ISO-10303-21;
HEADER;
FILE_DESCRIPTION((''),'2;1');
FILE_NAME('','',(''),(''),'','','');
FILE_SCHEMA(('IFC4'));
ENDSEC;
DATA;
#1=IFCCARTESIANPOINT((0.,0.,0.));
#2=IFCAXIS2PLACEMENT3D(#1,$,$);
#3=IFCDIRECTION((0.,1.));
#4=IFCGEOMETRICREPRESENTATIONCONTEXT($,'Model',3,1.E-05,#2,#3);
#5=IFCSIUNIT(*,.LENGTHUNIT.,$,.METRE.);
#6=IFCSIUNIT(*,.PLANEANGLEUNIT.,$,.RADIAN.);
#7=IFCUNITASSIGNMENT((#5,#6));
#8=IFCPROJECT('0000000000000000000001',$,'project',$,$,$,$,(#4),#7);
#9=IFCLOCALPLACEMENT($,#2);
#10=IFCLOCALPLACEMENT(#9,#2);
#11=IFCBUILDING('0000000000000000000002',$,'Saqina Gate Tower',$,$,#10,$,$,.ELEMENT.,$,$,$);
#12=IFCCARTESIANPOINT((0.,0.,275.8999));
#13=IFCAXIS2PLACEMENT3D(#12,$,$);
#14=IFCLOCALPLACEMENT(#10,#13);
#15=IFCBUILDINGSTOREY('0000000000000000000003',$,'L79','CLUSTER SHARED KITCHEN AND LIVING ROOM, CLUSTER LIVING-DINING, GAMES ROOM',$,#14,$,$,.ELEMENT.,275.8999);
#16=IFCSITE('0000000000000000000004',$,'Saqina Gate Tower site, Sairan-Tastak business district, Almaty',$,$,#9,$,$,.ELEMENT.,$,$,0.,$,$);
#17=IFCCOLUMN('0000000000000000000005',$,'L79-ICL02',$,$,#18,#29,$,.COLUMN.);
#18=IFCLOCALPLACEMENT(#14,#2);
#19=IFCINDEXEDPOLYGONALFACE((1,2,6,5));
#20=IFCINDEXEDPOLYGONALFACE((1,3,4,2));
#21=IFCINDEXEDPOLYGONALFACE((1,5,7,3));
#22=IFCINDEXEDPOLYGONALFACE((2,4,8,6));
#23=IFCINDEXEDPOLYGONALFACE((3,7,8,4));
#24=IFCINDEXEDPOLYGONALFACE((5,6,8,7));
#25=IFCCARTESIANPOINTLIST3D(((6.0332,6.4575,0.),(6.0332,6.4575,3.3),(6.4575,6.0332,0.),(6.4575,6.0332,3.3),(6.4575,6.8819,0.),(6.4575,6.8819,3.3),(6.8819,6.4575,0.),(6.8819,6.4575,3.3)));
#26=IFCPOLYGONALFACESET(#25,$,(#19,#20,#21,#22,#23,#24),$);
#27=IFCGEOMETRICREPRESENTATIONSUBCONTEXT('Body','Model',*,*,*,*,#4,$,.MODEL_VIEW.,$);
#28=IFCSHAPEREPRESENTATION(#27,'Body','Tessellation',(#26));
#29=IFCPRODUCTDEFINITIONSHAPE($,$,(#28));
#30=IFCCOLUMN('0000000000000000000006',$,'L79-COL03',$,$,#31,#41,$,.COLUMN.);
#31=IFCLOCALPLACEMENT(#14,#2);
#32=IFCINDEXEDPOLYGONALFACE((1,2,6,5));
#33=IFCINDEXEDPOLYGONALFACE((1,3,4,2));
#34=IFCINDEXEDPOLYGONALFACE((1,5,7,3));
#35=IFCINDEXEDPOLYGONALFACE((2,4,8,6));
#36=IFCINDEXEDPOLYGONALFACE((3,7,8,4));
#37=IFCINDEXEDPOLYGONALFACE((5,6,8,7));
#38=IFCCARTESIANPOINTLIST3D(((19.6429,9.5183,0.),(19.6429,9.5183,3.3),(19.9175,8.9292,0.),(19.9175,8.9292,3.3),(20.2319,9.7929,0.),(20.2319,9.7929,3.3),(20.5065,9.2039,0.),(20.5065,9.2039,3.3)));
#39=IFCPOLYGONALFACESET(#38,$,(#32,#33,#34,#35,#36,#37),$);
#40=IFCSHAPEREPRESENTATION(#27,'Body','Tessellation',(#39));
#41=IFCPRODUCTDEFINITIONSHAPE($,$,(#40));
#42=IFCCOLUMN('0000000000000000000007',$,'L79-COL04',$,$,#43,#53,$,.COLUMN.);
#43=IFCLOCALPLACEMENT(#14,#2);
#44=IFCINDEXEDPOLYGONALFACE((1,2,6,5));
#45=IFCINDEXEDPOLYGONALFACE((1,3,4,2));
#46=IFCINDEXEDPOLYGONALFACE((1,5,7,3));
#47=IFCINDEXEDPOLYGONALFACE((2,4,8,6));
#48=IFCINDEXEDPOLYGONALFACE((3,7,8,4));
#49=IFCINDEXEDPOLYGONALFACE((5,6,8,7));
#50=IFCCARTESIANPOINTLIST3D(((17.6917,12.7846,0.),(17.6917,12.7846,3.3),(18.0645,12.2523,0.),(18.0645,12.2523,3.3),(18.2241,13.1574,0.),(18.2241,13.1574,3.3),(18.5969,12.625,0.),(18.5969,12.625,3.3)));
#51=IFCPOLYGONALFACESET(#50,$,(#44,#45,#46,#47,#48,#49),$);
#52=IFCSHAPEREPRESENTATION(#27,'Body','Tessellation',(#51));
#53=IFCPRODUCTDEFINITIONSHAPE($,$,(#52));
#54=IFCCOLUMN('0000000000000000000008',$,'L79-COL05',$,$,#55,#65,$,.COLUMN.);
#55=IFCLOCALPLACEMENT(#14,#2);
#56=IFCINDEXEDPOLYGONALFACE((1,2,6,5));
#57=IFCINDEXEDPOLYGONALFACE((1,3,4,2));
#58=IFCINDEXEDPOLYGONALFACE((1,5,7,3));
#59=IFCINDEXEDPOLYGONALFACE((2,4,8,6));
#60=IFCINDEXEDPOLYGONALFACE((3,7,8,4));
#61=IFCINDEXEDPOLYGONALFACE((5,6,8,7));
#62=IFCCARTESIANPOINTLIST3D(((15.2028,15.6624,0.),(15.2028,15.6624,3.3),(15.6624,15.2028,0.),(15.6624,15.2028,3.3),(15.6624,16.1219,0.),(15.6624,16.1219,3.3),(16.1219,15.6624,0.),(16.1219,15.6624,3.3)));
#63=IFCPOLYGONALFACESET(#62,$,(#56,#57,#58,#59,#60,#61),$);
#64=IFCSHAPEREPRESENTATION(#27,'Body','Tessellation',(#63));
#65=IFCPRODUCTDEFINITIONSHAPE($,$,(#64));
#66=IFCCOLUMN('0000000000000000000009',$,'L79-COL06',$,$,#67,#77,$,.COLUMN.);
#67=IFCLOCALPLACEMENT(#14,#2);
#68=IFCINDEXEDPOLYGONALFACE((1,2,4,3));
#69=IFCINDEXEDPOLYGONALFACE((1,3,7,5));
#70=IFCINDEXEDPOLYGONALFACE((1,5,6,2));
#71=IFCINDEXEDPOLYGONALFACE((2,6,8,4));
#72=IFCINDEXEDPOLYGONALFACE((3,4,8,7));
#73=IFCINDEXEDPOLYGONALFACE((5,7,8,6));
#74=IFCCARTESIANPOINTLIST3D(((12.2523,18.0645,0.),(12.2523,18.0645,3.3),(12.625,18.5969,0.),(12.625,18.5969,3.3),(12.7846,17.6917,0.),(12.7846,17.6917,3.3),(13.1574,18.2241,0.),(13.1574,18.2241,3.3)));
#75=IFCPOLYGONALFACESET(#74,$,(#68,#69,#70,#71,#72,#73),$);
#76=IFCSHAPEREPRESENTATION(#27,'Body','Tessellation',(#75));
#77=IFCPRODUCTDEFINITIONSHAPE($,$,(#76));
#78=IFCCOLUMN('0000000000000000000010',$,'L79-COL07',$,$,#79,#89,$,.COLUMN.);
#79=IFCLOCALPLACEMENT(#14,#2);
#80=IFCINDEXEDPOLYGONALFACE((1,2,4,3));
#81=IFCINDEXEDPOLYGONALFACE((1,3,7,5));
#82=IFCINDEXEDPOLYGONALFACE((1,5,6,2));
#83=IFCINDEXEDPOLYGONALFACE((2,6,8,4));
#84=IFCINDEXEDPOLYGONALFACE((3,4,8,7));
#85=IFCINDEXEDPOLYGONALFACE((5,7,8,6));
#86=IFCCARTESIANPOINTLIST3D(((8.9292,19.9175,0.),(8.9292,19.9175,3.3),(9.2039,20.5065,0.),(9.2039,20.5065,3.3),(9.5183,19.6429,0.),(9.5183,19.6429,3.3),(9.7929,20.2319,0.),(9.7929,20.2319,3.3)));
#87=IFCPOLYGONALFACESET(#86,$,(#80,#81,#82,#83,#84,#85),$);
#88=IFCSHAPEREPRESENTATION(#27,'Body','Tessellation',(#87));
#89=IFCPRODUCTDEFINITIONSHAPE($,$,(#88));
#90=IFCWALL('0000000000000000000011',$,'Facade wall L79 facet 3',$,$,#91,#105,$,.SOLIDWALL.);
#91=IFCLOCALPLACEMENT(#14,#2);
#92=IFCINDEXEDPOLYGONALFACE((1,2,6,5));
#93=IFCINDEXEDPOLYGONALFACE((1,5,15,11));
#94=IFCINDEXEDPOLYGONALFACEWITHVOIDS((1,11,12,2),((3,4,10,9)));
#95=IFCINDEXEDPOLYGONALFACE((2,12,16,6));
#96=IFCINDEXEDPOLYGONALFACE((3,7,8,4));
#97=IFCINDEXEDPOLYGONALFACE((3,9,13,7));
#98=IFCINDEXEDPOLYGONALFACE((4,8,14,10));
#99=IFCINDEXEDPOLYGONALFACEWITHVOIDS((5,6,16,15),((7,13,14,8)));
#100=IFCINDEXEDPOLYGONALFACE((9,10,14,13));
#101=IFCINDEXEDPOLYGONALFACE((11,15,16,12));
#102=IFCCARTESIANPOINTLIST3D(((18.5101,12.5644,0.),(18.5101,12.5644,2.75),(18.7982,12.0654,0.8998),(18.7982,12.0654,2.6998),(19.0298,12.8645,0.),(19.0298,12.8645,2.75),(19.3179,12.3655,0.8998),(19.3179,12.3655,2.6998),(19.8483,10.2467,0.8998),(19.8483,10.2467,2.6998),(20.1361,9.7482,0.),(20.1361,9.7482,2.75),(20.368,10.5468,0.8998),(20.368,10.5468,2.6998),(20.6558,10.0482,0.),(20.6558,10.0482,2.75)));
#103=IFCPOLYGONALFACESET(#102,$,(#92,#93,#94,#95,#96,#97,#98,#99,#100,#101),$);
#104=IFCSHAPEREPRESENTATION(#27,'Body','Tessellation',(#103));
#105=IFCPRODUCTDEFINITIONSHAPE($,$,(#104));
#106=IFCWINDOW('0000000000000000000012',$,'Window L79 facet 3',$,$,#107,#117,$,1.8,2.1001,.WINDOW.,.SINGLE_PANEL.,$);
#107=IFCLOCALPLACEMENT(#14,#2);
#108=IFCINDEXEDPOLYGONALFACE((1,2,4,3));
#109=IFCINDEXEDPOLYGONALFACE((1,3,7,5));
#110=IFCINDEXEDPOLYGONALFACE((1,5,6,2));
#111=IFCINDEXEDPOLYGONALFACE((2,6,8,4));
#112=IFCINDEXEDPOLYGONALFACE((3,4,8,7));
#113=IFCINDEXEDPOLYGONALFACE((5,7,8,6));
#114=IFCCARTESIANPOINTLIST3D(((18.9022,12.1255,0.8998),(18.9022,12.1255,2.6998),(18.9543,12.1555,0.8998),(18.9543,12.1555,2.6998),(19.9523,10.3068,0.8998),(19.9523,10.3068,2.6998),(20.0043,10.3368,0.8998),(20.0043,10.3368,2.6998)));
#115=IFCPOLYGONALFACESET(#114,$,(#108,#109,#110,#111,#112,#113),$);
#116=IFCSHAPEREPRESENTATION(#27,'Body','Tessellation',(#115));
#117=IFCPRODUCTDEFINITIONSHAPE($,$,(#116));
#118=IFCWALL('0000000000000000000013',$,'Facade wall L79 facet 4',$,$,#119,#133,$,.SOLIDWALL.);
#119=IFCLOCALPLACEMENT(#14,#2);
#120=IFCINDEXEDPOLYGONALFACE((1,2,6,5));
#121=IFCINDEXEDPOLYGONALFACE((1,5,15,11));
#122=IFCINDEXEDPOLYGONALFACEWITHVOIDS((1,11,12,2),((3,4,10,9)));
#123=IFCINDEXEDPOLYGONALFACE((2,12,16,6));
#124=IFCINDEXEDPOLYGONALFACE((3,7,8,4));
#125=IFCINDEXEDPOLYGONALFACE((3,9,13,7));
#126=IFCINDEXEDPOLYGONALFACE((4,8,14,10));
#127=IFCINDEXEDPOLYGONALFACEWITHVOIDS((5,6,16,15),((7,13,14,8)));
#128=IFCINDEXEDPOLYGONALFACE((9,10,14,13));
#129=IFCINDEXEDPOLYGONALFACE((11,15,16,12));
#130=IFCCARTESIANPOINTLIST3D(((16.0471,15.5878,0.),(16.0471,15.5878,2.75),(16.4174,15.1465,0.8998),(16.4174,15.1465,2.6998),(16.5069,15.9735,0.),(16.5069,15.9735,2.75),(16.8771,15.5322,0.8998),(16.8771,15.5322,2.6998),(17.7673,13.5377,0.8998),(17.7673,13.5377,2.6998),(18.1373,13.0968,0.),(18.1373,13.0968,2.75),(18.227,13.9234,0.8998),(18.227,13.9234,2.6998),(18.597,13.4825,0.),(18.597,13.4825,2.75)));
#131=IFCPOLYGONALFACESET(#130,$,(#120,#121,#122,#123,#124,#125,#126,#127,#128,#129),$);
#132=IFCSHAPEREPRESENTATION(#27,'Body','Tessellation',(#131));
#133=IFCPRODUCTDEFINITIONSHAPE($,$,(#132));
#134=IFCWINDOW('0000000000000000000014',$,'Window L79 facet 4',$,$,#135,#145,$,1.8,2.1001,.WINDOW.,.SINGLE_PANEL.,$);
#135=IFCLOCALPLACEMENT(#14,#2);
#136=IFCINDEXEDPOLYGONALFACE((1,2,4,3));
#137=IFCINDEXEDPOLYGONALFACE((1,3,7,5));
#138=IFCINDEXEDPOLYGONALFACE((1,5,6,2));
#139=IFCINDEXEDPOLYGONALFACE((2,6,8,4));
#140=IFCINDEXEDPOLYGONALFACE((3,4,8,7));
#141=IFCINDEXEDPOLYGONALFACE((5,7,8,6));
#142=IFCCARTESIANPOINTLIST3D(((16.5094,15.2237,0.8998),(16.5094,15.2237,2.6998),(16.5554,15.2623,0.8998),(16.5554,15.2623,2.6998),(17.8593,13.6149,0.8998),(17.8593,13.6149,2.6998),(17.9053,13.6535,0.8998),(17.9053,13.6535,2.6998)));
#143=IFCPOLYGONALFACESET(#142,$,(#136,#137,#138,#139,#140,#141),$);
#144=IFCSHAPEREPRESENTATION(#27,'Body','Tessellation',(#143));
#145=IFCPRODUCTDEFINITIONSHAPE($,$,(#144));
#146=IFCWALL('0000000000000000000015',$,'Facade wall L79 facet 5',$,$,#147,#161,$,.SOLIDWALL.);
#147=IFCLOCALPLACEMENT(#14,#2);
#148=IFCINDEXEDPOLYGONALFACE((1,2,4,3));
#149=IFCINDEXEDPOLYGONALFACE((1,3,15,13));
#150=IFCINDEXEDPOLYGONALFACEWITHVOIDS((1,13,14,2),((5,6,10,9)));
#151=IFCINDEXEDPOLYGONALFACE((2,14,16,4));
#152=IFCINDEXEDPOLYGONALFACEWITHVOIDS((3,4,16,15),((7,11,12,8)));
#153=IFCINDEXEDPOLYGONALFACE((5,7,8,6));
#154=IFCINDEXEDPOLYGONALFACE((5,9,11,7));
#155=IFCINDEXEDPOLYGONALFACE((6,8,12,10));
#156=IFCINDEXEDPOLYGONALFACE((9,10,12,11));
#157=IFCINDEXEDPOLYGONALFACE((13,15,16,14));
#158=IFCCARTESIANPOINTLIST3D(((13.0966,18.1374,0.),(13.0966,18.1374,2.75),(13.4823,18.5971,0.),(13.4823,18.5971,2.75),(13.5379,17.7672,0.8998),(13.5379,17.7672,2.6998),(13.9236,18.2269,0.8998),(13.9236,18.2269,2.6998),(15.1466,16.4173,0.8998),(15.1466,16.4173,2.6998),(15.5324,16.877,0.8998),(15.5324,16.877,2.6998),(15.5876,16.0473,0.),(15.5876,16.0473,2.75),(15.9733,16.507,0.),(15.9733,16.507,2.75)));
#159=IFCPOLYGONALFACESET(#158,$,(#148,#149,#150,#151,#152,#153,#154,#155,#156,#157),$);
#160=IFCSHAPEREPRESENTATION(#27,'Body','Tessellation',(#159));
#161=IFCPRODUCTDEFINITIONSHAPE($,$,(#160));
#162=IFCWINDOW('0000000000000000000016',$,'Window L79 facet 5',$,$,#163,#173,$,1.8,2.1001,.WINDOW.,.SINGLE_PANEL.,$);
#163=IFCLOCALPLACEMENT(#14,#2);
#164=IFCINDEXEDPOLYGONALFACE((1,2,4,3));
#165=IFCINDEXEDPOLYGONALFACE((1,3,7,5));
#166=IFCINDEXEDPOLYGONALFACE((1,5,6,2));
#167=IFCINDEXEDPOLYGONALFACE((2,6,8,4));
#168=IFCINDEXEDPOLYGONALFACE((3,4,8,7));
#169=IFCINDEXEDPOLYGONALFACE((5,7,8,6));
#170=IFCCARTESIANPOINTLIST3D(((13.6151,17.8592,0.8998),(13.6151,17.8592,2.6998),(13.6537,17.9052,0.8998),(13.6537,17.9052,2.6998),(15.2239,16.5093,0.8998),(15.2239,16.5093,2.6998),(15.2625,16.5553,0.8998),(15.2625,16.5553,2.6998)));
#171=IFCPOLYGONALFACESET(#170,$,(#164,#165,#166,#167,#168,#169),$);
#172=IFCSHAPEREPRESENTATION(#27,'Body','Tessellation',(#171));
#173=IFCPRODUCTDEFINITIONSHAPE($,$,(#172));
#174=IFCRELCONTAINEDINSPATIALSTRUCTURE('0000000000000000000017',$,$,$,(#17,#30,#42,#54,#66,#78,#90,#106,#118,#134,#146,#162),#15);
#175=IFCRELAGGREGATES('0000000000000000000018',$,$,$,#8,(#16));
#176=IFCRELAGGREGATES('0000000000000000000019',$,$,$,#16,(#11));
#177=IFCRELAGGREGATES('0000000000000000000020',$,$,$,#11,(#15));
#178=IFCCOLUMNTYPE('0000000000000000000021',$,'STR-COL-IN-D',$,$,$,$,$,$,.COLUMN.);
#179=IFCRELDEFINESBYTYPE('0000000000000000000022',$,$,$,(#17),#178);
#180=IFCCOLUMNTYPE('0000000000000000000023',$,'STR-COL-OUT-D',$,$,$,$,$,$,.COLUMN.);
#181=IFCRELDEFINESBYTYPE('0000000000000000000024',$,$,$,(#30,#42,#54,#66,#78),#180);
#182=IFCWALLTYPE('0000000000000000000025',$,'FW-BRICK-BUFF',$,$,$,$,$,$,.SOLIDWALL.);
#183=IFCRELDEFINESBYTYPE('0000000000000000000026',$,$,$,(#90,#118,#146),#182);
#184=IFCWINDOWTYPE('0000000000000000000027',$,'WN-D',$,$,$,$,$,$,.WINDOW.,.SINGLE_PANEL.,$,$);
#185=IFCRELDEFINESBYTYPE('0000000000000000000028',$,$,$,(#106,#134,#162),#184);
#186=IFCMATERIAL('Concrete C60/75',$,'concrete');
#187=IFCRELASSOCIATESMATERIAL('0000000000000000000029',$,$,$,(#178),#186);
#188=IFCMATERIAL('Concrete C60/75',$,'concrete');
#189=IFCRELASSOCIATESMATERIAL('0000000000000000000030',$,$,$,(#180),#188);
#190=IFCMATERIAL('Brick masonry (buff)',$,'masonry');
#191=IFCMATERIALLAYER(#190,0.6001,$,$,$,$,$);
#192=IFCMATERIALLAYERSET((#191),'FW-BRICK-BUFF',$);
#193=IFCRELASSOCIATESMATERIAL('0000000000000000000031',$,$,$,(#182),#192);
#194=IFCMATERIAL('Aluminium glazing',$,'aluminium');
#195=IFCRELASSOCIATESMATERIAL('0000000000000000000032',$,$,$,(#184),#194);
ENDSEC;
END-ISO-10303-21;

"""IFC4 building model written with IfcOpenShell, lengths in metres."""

from ifc_helpers import new_model, si_unit, direction, frame, frame_2d, origin, origin_2d, place, context, subcontext, project, spatial, rectangle, extrude, material, layer, layer_set, material_profile, profile_set, type_object, element, fill, save


model = new_model("IFC4")

# Units and contexts
model_context = context("Model", 3, precision=1e-05, world=origin(), true_north=direction((0.0, 1.0)))
body_context = subcontext(model_context, "Body", "Model", "MODEL_VIEW")
ifc_project = project(units=[si_unit("LENGTHUNIT", "METRE"), si_unit("PLANEANGLEUNIT", "RADIAN")], contexts=[model_context])

# Site, building, storey
site_placement = place(None, origin())
site = spatial("IfcSite", under=ifc_project, at=site_placement, Name="Saqina Gate Tower site, Sairan-Tastak business district, Almaty", CompositionType="ELEMENT", RefElevation=0.0)
building_placement = place(site_placement, origin())
building = spatial("IfcBuilding", under=site, at=building_placement, Name="Saqina Gate Tower", CompositionType="ELEMENT")
storey_placement = place(building_placement, frame((0.0, 0.0, 275.8999)))
storey = spatial("IfcBuildingStorey", under=building, at=storey_placement, Name="L79", Description="CLUSTER SHARED KITCHEN AND LIVING ROOM, CLUSTER LIVING-DINING, GAMES ROOM", CompositionType="ELEMENT", Elevation=275.8999)

# Columns
ifc_material_1 = material(Name="Concrete C60/75", Category="concrete")
ifc_material_profile_1 = material_profile(ifc_material_1, rectangle(XDim=0.6001, YDim=0.6001, at=origin_2d()), Name="RC 600x600")
ifc_profile_set_1 = profile_set([ifc_material_profile_1], Name="Concrete C60/75")
column_type_1 = type_object("IfcColumnType", Name="STR-COL-IN-D", PredefinedType="COLUMN", material=ifc_profile_set_1)
column_placement = place(storey_placement, frame((6.4575, 6.4575, 0.0), z_axis=(0.0, 0.0, 1.0), x_axis=(0.707107, 0.707107, 0.0)))
element("IfcColumn", 1, at=column_placement, inside=storey, type_object=column_type_1, Name="L79-ICL02", PredefinedType="COLUMN", context=body_context, shape_type="SweptSolid", body=[
    extrude(rectangle(XDim=0.6001, YDim=0.6001, at=origin_2d()), origin(), (0.0, 0.0, 1.0), 3.3),
])
ifc_material_2 = material(Name="Concrete C60/75", Category="concrete")
ifc_material_profile_2 = material_profile(ifc_material_2, rectangle(XDim=0.6499, YDim=0.6499, at=origin_2d()), Name="RC 650x650")
ifc_profile_set_2 = profile_set([ifc_material_profile_2], Name="Concrete C60/75")
column_type_2 = type_object("IfcColumnType", Name="STR-COL-OUT-D", PredefinedType="COLUMN", material=ifc_profile_set_2)
for number, where, z_axis, x_axis, name in (
    (2, (20.0747, 9.3611, 0.0), (0.0, 0.0, 1.0), (0.906308, 0.422618, 0.0), "L79-COL03"),
    (3, (18.1443, 12.7048, 0.0), (0.0, 0.0, 1.0), (0.819152, 0.573576, 0.0), "L79-COL04"),
    (4, (15.6624, 15.6624, 0.0), (0.0, 0.0, 1.0), (0.707107, 0.707107, 0.0), "L79-COL05"),
    (5, (12.7048, 18.1443, 0.0), (0.0, 0.0, 1.0), (0.573576, 0.819152, 0.0), "L79-COL06"),
    (6, (9.3611, 20.0747, 0.0), (0.0, 0.0, 1.0), (0.422618, 0.906308, 0.0), "L79-COL07"),
):
    element("IfcColumn", number, at=place(storey_placement, frame(where, z_axis=z_axis, x_axis=x_axis)), inside=storey, type_object=column_type_2, Name=name, PredefinedType="COLUMN", context=body_context, shape_type="SweptSolid", body=[
        extrude(rectangle(XDim=0.6499, YDim=0.6499, at=origin_2d()), origin(), (0.0, 0.0, 1.0), 3.3),
    ])

# Walls, openings, windows
ifc_material_3 = material(Name="Brick masonry (buff)", Category="masonry")
ifc_layer_1 = layer(ifc_material_3, 0.6001)
ifc_layer_set_1 = layer_set([ifc_layer_1], Name="FW-BRICK-BUFF")
wall_type_1 = type_object("IfcWallType", Name="FW-BRICK-BUFF", PredefinedType="SOLIDWALL", material=ifc_layer_set_1)
wall_1_placement = place(storey_placement, frame((20.396, 9.8982, 0.0), z_axis=(0.0, 0.0, 1.0), x_axis=(-0.500015, 0.866017, 0.0)))
wall_1 = element("IfcWall", 7, at=wall_1_placement, inside=storey, type_object=wall_type_1, Name="Facade wall L79 facet 3", PredefinedType="SOLIDWALL", context=body_context, shape_type="SweptSolid", body=[
    extrude(rectangle(XDim=3.252, YDim=0.6001, at=frame_2d((1.626, 0.0))), origin(), (0.0, 0.0, 1.0), 2.75),
])
opening_1_placement = place(wall_1_placement, frame((0.5757, 0.0, 0.8999)))
opening_1 = element("IfcOpeningElement", 8, at=opening_1_placement, cuts=wall_1, PredefinedType="OPENING", context=body_context, shape_type="SweptSolid", body=[
    extrude(rectangle(XDim=2.1001, YDim=1.8, at=frame_2d((1.05, 0.8999))), frame((0.0, 0.312, 0.0), z_axis=(0.0, -1.0, 0.0), x_axis=(1.0, 0.0, 0.0)), (0.0, 0.0, 1.0), 0.624),
])
ifc_material_4 = material(Name="Aluminium glazing", Category="aluminium")
window_type = type_object("IfcWindowType", Name="WN-D", PartitioningType="SINGLE_PANEL", PredefinedType="WINDOW", material=ifc_material_4)
window_1_placement = place(opening_1_placement, origin())
window_1 = element("IfcWindow", 9, at=window_1_placement, inside=storey, type_object=window_type, Name="Window L79 facet 3", OverallHeight=1.8, OverallWidth=2.1001, PartitioningType="SINGLE_PANEL", PredefinedType="WINDOW", context=body_context, shape_type="SweptSolid", body=[
    extrude(rectangle(XDim=2.1001, YDim=1.8, at=frame_2d((1.05, 0.8999))), frame((0.0, 0.1799, 0.0), z_axis=(0.0, -1.0, 0.0), x_axis=(1.0, 0.0, 0.0)), (0.0, 0.0, 1.0), 0.0601),
])
fill(opening_1, window_1)
wall_2_placement = place(storey_placement, frame((18.3672, 13.2896, 0.0), z_axis=(0.0, 0.0, 1.0), x_axis=(-0.642773, 0.766057, 0.0)))
wall_2 = element("IfcWall", 10, at=wall_2_placement, inside=storey, type_object=wall_type_1, Name="Facade wall L79 facet 4", PredefinedType="SOLIDWALL", context=body_context, shape_type="SweptSolid", body=[
    extrude(rectangle(XDim=3.2517, YDim=0.6001, at=frame_2d((1.626, 0.0))), origin(), (0.0, 0.0, 1.0), 2.75),
])
opening_2_placement = place(wall_2_placement, frame((0.5757, 0.0, 0.8999)))
opening_2 = element("IfcOpeningElement", 11, at=opening_2_placement, cuts=wall_2, PredefinedType="OPENING", context=body_context, shape_type="SweptSolid", body=[
    extrude(rectangle(XDim=2.1001, YDim=1.8, at=frame_2d((1.05, 0.8999))), frame((0.0, 0.312, 0.0), z_axis=(0.0, -1.0, 0.0), x_axis=(1.0, 0.0, 0.0)), (0.0, 0.0, 1.0), 0.624),
])
window_2_placement = place(opening_2_placement, origin())
window_2 = element("IfcWindow", 12, at=window_2_placement, inside=storey, type_object=window_type, Name="Window L79 facet 4", OverallHeight=1.8, OverallWidth=2.1001, PartitioningType="SINGLE_PANEL", PredefinedType="WINDOW", context=body_context, shape_type="SweptSolid", body=[
    extrude(rectangle(XDim=2.1001, YDim=1.8, at=frame_2d((1.05, 0.8999))), frame((0.0, 0.1799, 0.0), z_axis=(0.0, -1.0, 0.0), x_axis=(1.0, 0.0, 0.0)), (0.0, 0.0, 1.0), 0.0601),
])
fill(opening_2, window_2)
wall_3_placement = place(storey_placement, frame((15.7805, 16.2771, 0.0), z_axis=(0.0, 0.0, 1.0), x_axis=(-0.766057, 0.642773, 0.0)))
wall_3 = element("IfcWall", 13, at=wall_3_placement, inside=storey, type_object=wall_type_1, Name="Facade wall L79 facet 5", PredefinedType="SOLIDWALL", context=body_context, shape_type="SweptSolid", body=[
    extrude(rectangle(XDim=3.2517, YDim=0.6001, at=frame_2d((1.626, 0.0))), origin(), (0.0, 0.0, 1.0), 2.75),
])
opening_3_placement = place(wall_3_placement, frame((0.5757, 0.0, 0.8999)))
opening_3 = element("IfcOpeningElement", 14, at=opening_3_placement, cuts=wall_3, PredefinedType="OPENING", context=body_context, shape_type="SweptSolid", body=[
    extrude(rectangle(XDim=2.1001, YDim=1.8, at=frame_2d((1.05, 0.8999))), frame((0.0, 0.312, 0.0), z_axis=(0.0, -1.0, 0.0), x_axis=(1.0, 0.0, 0.0)), (0.0, 0.0, 1.0), 0.624),
])
window_3_placement = place(opening_3_placement, origin())
window_3 = element("IfcWindow", 15, at=window_3_placement, inside=storey, type_object=window_type, Name="Window L79 facet 5", OverallHeight=1.8, OverallWidth=2.1001, PartitioningType="SINGLE_PANEL", PredefinedType="WINDOW", context=body_context, shape_type="SweptSolid", body=[
    extrude(rectangle(XDim=2.1001, YDim=1.8, at=frame_2d((1.05, 0.8999))), frame((0.0, 0.1799, 0.0), z_axis=(0.0, -1.0, 0.0), x_axis=(1.0, 0.0, 0.0)), (0.0, 0.0, 1.0), 0.0601),
])
fill(opening_3, window_3)

save(model, "model.ifc")
